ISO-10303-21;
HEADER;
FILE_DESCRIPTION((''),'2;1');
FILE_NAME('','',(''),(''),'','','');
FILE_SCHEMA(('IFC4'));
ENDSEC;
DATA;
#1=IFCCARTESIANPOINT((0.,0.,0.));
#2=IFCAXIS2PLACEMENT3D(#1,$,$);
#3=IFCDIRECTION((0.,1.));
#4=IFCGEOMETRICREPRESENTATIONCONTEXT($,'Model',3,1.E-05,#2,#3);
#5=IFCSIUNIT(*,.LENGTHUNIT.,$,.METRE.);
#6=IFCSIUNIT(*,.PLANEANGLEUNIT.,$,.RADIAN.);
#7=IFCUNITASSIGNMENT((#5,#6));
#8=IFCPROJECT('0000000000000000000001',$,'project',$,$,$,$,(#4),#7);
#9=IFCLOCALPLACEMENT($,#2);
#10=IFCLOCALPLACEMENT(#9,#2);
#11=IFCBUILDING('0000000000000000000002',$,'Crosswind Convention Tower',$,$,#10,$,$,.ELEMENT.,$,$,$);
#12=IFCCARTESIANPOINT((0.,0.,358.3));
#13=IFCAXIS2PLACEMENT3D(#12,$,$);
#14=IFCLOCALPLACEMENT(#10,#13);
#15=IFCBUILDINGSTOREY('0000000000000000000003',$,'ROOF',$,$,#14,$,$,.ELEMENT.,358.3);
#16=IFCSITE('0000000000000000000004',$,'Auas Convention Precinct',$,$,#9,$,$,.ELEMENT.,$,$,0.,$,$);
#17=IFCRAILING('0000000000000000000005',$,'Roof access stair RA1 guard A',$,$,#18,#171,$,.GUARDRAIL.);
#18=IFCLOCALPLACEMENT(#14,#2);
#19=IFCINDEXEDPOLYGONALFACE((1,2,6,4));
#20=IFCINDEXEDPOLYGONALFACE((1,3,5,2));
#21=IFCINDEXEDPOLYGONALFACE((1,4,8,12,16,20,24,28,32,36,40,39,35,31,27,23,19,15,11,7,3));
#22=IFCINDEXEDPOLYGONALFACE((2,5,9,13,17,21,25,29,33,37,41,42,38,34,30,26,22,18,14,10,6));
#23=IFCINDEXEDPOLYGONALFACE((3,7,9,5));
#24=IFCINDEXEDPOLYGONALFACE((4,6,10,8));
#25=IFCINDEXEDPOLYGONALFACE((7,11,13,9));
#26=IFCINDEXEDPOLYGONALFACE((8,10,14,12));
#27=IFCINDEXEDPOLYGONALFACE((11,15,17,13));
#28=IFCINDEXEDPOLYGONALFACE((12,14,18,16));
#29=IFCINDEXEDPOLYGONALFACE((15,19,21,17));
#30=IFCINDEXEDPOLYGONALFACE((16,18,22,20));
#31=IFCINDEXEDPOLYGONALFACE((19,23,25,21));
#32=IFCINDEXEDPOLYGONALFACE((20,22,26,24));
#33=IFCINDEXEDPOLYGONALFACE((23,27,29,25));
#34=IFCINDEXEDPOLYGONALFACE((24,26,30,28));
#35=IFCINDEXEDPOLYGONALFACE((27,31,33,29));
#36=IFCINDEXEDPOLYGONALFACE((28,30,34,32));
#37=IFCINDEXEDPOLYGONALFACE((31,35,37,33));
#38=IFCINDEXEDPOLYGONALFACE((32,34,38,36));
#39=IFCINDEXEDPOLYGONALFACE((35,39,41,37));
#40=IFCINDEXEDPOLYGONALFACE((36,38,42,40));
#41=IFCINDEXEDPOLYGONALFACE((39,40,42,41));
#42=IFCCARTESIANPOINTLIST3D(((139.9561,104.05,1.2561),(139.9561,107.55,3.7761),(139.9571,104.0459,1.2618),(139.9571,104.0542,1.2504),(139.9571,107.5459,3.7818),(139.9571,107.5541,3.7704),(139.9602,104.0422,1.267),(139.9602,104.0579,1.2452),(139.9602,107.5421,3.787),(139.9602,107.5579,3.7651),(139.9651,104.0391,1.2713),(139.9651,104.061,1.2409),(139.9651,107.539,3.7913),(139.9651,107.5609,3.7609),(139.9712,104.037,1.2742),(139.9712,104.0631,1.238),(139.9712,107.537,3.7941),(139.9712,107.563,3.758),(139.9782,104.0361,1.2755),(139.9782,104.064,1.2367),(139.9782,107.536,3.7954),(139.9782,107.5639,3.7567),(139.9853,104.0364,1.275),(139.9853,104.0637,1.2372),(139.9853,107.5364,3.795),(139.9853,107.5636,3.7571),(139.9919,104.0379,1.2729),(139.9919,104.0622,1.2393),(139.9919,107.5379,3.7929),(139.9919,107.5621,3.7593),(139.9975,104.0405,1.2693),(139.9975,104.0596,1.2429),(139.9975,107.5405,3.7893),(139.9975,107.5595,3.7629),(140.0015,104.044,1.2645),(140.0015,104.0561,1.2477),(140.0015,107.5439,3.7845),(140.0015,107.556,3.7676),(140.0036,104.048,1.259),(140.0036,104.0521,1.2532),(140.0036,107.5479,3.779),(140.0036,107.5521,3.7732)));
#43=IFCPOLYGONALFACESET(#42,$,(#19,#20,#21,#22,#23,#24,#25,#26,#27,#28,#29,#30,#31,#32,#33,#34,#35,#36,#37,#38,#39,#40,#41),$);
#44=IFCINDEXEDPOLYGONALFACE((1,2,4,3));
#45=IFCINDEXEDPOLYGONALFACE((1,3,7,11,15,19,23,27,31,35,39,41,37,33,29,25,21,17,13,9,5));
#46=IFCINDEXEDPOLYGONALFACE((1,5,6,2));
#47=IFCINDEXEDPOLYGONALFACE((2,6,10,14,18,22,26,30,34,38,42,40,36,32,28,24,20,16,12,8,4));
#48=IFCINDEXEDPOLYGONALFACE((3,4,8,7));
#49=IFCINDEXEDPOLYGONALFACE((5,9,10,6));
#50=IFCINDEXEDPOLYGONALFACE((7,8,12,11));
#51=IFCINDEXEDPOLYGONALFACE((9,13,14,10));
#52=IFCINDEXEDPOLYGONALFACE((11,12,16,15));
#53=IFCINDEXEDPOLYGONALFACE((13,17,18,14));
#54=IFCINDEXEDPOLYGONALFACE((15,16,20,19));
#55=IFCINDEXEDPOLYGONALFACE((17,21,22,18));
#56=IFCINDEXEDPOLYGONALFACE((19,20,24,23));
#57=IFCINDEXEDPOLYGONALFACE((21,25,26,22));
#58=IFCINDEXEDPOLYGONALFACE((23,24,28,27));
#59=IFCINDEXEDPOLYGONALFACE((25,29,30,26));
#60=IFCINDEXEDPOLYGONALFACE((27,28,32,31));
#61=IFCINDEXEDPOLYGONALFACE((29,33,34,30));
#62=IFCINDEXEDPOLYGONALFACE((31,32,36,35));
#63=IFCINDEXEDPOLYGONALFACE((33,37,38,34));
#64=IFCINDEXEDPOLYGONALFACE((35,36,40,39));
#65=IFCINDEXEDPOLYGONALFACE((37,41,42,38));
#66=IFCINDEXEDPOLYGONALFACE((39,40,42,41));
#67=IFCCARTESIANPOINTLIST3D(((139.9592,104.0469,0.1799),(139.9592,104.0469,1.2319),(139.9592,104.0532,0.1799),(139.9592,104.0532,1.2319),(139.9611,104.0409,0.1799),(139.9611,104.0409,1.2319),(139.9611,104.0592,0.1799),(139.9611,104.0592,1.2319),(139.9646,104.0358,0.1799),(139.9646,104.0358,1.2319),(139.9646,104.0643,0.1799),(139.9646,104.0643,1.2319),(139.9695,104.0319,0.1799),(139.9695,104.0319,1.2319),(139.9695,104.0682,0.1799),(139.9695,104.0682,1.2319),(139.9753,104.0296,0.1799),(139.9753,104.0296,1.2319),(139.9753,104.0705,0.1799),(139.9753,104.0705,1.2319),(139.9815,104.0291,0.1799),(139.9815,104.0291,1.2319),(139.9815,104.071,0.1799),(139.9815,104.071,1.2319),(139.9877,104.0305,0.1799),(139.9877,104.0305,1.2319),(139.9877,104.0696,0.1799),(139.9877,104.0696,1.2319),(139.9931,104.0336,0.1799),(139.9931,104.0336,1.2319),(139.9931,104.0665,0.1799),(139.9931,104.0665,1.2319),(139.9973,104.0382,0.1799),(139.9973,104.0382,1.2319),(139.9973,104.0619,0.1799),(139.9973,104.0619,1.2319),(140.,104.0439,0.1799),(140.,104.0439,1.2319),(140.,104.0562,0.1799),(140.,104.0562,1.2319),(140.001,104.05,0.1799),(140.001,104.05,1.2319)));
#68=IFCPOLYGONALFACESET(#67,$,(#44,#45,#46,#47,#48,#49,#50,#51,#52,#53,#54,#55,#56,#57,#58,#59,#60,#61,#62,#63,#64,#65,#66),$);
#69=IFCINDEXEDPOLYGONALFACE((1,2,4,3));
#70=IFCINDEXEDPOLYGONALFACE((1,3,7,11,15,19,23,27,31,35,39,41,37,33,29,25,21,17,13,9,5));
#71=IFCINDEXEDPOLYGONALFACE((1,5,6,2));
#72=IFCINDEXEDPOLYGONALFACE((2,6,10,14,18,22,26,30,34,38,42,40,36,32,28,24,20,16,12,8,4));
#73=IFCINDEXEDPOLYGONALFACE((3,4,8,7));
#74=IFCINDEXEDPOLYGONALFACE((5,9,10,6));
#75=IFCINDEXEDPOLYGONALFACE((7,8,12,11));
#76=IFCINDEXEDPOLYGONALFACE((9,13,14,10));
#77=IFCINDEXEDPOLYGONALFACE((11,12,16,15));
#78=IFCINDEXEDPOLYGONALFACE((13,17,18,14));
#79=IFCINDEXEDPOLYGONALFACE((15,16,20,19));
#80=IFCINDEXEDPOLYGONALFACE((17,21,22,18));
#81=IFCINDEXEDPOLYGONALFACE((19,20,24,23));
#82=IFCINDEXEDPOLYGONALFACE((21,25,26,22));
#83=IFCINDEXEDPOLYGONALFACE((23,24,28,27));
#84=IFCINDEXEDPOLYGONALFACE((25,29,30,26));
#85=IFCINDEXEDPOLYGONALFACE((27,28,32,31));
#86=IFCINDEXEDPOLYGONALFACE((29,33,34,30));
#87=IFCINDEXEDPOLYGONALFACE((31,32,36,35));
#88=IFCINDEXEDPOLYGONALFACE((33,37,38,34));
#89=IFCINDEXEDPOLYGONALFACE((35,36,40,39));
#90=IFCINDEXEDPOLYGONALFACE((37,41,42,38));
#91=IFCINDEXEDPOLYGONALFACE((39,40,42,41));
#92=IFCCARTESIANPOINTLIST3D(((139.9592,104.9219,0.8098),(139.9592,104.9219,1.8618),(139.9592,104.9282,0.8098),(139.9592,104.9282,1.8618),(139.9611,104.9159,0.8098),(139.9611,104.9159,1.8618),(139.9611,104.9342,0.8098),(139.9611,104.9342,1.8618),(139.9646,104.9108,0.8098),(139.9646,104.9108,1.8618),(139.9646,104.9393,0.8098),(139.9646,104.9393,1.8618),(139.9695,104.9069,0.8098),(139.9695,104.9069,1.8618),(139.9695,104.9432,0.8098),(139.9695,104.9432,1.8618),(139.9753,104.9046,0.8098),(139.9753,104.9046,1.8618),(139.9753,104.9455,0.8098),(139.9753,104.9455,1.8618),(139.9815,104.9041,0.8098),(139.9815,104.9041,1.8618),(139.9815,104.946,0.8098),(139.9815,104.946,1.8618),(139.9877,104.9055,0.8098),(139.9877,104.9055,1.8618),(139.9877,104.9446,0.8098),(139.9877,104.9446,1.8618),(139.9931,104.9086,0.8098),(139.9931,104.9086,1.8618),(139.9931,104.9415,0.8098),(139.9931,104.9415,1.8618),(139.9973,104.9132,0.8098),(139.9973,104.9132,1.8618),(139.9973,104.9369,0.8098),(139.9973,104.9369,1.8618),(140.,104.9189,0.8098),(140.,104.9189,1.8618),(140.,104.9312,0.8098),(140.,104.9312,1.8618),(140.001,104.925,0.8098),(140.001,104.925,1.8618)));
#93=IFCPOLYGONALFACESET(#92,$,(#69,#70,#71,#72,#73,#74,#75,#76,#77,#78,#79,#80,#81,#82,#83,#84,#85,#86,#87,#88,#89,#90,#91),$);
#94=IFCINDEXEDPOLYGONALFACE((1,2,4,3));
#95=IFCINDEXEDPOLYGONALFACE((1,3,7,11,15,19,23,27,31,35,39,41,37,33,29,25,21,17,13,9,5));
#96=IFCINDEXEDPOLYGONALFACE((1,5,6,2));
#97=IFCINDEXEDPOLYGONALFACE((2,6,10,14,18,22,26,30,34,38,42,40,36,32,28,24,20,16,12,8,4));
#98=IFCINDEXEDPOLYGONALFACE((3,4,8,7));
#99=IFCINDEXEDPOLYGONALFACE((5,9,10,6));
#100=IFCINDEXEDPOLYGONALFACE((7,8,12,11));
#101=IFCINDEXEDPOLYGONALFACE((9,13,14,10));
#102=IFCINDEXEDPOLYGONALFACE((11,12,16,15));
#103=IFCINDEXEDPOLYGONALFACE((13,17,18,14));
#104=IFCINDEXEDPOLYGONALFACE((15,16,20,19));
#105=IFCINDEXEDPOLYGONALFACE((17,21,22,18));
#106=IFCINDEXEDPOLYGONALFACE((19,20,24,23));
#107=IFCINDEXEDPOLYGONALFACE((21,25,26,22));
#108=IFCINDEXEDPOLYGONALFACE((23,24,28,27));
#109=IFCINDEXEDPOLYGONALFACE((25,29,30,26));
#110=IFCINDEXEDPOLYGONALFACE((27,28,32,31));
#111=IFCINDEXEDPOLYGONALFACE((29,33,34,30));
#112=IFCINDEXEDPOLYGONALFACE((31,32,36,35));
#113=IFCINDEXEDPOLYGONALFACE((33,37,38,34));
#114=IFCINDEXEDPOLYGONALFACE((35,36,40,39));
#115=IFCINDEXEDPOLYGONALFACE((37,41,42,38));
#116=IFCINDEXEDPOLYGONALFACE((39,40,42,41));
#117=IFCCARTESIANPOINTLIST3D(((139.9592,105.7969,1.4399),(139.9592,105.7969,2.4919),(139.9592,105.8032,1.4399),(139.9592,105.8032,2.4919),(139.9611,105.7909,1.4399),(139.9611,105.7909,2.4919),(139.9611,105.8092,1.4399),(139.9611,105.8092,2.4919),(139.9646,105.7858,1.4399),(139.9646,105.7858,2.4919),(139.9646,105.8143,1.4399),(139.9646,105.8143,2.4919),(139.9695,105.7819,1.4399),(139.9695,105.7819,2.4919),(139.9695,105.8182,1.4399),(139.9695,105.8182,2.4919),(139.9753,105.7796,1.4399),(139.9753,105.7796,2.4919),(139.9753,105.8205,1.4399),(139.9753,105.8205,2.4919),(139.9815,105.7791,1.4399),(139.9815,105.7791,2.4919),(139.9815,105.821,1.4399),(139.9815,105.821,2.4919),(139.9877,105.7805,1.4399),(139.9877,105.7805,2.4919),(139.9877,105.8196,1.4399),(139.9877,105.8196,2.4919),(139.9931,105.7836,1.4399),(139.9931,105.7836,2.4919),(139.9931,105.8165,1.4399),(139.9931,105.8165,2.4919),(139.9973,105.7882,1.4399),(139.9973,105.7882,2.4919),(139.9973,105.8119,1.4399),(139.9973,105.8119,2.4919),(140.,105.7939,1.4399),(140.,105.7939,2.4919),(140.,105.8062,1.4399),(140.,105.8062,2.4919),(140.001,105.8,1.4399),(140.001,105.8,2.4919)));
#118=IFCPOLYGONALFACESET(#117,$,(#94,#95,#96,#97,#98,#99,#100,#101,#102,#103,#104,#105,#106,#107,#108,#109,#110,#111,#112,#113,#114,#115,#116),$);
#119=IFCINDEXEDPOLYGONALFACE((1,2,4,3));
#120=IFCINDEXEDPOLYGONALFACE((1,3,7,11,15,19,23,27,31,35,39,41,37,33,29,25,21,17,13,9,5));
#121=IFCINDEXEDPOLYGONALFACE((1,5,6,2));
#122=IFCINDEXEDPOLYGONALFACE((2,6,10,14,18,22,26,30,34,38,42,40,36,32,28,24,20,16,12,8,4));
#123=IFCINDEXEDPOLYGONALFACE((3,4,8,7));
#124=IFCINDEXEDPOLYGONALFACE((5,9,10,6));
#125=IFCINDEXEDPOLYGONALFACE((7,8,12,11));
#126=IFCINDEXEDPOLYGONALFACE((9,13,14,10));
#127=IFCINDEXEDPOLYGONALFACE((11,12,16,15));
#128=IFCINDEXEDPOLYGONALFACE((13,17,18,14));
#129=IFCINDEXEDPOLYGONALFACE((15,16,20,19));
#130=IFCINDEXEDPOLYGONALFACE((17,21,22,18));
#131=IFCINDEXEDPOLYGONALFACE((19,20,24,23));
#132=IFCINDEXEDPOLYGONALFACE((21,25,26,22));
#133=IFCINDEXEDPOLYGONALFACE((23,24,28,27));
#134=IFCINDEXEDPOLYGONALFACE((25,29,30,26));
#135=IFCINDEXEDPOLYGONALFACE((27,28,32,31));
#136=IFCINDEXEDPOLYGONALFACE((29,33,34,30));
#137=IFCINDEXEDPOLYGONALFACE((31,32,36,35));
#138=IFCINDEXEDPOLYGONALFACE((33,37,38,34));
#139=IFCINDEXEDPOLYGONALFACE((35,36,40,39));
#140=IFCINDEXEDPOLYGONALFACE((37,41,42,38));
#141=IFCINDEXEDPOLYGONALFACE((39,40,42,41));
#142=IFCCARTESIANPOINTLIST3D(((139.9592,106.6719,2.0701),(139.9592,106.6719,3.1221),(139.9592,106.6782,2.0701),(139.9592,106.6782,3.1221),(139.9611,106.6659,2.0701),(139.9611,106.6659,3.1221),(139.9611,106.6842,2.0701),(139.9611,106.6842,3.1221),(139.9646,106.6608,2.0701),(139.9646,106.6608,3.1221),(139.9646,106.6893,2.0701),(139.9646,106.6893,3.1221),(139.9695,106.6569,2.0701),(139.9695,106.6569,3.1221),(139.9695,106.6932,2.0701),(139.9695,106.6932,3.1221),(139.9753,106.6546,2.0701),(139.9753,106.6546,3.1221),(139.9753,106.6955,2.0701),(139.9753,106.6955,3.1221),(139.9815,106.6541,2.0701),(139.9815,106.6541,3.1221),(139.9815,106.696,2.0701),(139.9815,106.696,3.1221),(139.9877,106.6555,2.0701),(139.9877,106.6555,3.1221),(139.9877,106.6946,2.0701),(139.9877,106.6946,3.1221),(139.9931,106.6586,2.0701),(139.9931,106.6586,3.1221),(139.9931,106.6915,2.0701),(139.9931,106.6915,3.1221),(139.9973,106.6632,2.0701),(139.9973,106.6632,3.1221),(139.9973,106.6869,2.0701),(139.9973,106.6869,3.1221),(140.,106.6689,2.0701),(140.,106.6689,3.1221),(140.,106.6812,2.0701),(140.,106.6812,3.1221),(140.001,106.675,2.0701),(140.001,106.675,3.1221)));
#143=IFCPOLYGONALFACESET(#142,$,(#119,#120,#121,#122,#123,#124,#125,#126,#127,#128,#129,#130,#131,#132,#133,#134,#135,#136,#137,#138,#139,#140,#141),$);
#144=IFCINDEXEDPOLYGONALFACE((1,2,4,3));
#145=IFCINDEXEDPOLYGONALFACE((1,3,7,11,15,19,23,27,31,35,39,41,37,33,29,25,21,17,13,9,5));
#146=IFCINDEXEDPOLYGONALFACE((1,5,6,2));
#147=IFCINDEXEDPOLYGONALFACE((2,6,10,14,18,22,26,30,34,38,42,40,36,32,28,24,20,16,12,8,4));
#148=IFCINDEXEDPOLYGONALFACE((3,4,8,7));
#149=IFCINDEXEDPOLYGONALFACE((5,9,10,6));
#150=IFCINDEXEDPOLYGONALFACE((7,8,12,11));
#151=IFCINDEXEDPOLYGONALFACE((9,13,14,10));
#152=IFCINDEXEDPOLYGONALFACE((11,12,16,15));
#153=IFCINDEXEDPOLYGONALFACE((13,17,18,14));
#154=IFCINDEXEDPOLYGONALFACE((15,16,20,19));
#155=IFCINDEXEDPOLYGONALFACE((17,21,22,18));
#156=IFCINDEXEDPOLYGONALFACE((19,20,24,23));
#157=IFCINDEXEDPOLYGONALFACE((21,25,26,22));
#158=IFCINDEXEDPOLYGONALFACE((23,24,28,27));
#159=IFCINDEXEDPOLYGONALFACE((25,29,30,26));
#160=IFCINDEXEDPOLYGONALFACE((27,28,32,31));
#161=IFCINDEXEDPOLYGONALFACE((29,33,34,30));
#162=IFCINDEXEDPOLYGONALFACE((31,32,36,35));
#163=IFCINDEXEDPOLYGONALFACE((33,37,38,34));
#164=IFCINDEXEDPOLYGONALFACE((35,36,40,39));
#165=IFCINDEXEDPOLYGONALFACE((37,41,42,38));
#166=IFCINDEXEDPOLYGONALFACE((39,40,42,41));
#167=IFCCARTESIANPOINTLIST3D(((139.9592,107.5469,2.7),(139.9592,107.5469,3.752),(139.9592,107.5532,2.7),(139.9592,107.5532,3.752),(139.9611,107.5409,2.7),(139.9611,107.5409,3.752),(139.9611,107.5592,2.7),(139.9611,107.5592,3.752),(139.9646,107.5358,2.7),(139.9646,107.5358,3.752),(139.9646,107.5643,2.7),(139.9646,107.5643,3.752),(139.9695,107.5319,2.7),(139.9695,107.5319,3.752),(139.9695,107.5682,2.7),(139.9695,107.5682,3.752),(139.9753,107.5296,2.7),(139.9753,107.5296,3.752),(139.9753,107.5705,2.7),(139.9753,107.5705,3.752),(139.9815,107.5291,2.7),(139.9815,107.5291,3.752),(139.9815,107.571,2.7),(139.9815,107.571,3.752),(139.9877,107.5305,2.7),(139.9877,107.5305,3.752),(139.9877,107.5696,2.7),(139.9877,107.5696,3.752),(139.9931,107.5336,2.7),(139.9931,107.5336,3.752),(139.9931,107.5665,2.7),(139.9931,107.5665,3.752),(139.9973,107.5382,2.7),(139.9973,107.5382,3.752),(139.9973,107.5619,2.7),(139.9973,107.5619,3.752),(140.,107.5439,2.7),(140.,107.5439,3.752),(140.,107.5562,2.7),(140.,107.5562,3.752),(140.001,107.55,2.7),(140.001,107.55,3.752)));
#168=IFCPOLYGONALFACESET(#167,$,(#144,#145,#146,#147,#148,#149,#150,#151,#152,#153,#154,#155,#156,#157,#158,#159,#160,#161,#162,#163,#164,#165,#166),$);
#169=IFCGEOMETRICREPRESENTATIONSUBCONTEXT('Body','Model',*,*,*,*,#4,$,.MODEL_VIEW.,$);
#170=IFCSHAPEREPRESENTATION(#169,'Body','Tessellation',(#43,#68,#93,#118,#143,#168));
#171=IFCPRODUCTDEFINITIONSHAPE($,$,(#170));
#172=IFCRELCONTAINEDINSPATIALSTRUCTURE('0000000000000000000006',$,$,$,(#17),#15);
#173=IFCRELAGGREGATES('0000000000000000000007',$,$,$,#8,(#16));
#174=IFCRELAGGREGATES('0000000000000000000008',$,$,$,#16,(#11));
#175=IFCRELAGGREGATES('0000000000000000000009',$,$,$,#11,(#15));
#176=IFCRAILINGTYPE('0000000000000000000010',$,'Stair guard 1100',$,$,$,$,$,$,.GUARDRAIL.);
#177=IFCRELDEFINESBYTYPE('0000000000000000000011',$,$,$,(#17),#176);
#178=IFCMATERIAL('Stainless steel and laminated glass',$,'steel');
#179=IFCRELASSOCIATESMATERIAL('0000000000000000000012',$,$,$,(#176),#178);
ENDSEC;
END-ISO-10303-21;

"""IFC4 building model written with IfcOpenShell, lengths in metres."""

from ifc_helpers import new_model, si_unit, direction, frame, origin, origin_2d, place, context, subcontext, project, spatial, circle, extrude, material, type_object, element, save


model = new_model("IFC4")

# Units and contexts
model_context = context("Model", 3, precision=1e-05, world=origin(), true_north=direction((0.0, 1.0)))
body_context = subcontext(model_context, "Body", "Model", "MODEL_VIEW")
ifc_project = project(units=[si_unit("LENGTHUNIT", "METRE"), si_unit("PLANEANGLEUNIT", "RADIAN")], contexts=[model_context])

# Site, building, storey
site_placement = place(None, origin())
site = spatial("IfcSite", under=ifc_project, at=site_placement, Name="Auas Convention Precinct", CompositionType="ELEMENT", RefElevation=0.0)
building_placement = place(site_placement, origin())
building = spatial("IfcBuilding", under=site, at=building_placement, Name="Crosswind Convention Tower", CompositionType="ELEMENT")
storey_placement = place(building_placement, frame((0.0, 0.0, 358.3)))
storey = spatial("IfcBuildingStorey", under=building, at=storey_placement, Name="ROOF", CompositionType="ELEMENT", Elevation=358.3)

# Railing
ifc_material_1 = material(Name="Stainless steel and laminated glass", Category="steel")
railing_type_1 = type_object("IfcRailingType", Name="Stair guard 1100", PredefinedType="GUARDRAIL", material=ifc_material_1)
for number, where, name in (
    (1, (139.98, 104.05, 0.1799), "Roof access stair RA1 guard A"),
):
    element("IfcRailing", number, at=place(storey_placement, frame(where)), inside=storey, type_object=railing_type_1, Name=name, PredefinedType="GUARDRAIL", context=body_context, shape_type="SweptSolid", body=[
        extrude(circle(Radius=0.0239, at=origin_2d()), frame((0.0, 0.0, 1.0762), z_axis=(0.0, 0.811532, 0.584308), x_axis=(-1.0, 0.0, 0.0)), (0.0, 0.0, 1.0), 4.3127),
        extrude(circle(Radius=0.021, at=origin_2d()), origin(), (0.0, 0.0, 1.0), 1.052),
        extrude(circle(Radius=0.021, at=origin_2d()), frame((0.0, 0.875, 0.6299)), (0.0, 0.0, 1.0), 1.052),
        extrude(circle(Radius=0.021, at=origin_2d()), frame((0.0, 1.75, 1.26)), (0.0, 0.0, 1.0), 1.052),
        extrude(circle(Radius=0.021, at=origin_2d()), frame((0.0, 2.625, 1.8901)), (0.0, 0.0, 1.0), 1.052),
        extrude(circle(Radius=0.021, at=origin_2d()), frame((0.0, 3.5, 2.52)), (0.0, 0.0, 1.0), 1.052),
    ])

save(model, "model.ifc")
